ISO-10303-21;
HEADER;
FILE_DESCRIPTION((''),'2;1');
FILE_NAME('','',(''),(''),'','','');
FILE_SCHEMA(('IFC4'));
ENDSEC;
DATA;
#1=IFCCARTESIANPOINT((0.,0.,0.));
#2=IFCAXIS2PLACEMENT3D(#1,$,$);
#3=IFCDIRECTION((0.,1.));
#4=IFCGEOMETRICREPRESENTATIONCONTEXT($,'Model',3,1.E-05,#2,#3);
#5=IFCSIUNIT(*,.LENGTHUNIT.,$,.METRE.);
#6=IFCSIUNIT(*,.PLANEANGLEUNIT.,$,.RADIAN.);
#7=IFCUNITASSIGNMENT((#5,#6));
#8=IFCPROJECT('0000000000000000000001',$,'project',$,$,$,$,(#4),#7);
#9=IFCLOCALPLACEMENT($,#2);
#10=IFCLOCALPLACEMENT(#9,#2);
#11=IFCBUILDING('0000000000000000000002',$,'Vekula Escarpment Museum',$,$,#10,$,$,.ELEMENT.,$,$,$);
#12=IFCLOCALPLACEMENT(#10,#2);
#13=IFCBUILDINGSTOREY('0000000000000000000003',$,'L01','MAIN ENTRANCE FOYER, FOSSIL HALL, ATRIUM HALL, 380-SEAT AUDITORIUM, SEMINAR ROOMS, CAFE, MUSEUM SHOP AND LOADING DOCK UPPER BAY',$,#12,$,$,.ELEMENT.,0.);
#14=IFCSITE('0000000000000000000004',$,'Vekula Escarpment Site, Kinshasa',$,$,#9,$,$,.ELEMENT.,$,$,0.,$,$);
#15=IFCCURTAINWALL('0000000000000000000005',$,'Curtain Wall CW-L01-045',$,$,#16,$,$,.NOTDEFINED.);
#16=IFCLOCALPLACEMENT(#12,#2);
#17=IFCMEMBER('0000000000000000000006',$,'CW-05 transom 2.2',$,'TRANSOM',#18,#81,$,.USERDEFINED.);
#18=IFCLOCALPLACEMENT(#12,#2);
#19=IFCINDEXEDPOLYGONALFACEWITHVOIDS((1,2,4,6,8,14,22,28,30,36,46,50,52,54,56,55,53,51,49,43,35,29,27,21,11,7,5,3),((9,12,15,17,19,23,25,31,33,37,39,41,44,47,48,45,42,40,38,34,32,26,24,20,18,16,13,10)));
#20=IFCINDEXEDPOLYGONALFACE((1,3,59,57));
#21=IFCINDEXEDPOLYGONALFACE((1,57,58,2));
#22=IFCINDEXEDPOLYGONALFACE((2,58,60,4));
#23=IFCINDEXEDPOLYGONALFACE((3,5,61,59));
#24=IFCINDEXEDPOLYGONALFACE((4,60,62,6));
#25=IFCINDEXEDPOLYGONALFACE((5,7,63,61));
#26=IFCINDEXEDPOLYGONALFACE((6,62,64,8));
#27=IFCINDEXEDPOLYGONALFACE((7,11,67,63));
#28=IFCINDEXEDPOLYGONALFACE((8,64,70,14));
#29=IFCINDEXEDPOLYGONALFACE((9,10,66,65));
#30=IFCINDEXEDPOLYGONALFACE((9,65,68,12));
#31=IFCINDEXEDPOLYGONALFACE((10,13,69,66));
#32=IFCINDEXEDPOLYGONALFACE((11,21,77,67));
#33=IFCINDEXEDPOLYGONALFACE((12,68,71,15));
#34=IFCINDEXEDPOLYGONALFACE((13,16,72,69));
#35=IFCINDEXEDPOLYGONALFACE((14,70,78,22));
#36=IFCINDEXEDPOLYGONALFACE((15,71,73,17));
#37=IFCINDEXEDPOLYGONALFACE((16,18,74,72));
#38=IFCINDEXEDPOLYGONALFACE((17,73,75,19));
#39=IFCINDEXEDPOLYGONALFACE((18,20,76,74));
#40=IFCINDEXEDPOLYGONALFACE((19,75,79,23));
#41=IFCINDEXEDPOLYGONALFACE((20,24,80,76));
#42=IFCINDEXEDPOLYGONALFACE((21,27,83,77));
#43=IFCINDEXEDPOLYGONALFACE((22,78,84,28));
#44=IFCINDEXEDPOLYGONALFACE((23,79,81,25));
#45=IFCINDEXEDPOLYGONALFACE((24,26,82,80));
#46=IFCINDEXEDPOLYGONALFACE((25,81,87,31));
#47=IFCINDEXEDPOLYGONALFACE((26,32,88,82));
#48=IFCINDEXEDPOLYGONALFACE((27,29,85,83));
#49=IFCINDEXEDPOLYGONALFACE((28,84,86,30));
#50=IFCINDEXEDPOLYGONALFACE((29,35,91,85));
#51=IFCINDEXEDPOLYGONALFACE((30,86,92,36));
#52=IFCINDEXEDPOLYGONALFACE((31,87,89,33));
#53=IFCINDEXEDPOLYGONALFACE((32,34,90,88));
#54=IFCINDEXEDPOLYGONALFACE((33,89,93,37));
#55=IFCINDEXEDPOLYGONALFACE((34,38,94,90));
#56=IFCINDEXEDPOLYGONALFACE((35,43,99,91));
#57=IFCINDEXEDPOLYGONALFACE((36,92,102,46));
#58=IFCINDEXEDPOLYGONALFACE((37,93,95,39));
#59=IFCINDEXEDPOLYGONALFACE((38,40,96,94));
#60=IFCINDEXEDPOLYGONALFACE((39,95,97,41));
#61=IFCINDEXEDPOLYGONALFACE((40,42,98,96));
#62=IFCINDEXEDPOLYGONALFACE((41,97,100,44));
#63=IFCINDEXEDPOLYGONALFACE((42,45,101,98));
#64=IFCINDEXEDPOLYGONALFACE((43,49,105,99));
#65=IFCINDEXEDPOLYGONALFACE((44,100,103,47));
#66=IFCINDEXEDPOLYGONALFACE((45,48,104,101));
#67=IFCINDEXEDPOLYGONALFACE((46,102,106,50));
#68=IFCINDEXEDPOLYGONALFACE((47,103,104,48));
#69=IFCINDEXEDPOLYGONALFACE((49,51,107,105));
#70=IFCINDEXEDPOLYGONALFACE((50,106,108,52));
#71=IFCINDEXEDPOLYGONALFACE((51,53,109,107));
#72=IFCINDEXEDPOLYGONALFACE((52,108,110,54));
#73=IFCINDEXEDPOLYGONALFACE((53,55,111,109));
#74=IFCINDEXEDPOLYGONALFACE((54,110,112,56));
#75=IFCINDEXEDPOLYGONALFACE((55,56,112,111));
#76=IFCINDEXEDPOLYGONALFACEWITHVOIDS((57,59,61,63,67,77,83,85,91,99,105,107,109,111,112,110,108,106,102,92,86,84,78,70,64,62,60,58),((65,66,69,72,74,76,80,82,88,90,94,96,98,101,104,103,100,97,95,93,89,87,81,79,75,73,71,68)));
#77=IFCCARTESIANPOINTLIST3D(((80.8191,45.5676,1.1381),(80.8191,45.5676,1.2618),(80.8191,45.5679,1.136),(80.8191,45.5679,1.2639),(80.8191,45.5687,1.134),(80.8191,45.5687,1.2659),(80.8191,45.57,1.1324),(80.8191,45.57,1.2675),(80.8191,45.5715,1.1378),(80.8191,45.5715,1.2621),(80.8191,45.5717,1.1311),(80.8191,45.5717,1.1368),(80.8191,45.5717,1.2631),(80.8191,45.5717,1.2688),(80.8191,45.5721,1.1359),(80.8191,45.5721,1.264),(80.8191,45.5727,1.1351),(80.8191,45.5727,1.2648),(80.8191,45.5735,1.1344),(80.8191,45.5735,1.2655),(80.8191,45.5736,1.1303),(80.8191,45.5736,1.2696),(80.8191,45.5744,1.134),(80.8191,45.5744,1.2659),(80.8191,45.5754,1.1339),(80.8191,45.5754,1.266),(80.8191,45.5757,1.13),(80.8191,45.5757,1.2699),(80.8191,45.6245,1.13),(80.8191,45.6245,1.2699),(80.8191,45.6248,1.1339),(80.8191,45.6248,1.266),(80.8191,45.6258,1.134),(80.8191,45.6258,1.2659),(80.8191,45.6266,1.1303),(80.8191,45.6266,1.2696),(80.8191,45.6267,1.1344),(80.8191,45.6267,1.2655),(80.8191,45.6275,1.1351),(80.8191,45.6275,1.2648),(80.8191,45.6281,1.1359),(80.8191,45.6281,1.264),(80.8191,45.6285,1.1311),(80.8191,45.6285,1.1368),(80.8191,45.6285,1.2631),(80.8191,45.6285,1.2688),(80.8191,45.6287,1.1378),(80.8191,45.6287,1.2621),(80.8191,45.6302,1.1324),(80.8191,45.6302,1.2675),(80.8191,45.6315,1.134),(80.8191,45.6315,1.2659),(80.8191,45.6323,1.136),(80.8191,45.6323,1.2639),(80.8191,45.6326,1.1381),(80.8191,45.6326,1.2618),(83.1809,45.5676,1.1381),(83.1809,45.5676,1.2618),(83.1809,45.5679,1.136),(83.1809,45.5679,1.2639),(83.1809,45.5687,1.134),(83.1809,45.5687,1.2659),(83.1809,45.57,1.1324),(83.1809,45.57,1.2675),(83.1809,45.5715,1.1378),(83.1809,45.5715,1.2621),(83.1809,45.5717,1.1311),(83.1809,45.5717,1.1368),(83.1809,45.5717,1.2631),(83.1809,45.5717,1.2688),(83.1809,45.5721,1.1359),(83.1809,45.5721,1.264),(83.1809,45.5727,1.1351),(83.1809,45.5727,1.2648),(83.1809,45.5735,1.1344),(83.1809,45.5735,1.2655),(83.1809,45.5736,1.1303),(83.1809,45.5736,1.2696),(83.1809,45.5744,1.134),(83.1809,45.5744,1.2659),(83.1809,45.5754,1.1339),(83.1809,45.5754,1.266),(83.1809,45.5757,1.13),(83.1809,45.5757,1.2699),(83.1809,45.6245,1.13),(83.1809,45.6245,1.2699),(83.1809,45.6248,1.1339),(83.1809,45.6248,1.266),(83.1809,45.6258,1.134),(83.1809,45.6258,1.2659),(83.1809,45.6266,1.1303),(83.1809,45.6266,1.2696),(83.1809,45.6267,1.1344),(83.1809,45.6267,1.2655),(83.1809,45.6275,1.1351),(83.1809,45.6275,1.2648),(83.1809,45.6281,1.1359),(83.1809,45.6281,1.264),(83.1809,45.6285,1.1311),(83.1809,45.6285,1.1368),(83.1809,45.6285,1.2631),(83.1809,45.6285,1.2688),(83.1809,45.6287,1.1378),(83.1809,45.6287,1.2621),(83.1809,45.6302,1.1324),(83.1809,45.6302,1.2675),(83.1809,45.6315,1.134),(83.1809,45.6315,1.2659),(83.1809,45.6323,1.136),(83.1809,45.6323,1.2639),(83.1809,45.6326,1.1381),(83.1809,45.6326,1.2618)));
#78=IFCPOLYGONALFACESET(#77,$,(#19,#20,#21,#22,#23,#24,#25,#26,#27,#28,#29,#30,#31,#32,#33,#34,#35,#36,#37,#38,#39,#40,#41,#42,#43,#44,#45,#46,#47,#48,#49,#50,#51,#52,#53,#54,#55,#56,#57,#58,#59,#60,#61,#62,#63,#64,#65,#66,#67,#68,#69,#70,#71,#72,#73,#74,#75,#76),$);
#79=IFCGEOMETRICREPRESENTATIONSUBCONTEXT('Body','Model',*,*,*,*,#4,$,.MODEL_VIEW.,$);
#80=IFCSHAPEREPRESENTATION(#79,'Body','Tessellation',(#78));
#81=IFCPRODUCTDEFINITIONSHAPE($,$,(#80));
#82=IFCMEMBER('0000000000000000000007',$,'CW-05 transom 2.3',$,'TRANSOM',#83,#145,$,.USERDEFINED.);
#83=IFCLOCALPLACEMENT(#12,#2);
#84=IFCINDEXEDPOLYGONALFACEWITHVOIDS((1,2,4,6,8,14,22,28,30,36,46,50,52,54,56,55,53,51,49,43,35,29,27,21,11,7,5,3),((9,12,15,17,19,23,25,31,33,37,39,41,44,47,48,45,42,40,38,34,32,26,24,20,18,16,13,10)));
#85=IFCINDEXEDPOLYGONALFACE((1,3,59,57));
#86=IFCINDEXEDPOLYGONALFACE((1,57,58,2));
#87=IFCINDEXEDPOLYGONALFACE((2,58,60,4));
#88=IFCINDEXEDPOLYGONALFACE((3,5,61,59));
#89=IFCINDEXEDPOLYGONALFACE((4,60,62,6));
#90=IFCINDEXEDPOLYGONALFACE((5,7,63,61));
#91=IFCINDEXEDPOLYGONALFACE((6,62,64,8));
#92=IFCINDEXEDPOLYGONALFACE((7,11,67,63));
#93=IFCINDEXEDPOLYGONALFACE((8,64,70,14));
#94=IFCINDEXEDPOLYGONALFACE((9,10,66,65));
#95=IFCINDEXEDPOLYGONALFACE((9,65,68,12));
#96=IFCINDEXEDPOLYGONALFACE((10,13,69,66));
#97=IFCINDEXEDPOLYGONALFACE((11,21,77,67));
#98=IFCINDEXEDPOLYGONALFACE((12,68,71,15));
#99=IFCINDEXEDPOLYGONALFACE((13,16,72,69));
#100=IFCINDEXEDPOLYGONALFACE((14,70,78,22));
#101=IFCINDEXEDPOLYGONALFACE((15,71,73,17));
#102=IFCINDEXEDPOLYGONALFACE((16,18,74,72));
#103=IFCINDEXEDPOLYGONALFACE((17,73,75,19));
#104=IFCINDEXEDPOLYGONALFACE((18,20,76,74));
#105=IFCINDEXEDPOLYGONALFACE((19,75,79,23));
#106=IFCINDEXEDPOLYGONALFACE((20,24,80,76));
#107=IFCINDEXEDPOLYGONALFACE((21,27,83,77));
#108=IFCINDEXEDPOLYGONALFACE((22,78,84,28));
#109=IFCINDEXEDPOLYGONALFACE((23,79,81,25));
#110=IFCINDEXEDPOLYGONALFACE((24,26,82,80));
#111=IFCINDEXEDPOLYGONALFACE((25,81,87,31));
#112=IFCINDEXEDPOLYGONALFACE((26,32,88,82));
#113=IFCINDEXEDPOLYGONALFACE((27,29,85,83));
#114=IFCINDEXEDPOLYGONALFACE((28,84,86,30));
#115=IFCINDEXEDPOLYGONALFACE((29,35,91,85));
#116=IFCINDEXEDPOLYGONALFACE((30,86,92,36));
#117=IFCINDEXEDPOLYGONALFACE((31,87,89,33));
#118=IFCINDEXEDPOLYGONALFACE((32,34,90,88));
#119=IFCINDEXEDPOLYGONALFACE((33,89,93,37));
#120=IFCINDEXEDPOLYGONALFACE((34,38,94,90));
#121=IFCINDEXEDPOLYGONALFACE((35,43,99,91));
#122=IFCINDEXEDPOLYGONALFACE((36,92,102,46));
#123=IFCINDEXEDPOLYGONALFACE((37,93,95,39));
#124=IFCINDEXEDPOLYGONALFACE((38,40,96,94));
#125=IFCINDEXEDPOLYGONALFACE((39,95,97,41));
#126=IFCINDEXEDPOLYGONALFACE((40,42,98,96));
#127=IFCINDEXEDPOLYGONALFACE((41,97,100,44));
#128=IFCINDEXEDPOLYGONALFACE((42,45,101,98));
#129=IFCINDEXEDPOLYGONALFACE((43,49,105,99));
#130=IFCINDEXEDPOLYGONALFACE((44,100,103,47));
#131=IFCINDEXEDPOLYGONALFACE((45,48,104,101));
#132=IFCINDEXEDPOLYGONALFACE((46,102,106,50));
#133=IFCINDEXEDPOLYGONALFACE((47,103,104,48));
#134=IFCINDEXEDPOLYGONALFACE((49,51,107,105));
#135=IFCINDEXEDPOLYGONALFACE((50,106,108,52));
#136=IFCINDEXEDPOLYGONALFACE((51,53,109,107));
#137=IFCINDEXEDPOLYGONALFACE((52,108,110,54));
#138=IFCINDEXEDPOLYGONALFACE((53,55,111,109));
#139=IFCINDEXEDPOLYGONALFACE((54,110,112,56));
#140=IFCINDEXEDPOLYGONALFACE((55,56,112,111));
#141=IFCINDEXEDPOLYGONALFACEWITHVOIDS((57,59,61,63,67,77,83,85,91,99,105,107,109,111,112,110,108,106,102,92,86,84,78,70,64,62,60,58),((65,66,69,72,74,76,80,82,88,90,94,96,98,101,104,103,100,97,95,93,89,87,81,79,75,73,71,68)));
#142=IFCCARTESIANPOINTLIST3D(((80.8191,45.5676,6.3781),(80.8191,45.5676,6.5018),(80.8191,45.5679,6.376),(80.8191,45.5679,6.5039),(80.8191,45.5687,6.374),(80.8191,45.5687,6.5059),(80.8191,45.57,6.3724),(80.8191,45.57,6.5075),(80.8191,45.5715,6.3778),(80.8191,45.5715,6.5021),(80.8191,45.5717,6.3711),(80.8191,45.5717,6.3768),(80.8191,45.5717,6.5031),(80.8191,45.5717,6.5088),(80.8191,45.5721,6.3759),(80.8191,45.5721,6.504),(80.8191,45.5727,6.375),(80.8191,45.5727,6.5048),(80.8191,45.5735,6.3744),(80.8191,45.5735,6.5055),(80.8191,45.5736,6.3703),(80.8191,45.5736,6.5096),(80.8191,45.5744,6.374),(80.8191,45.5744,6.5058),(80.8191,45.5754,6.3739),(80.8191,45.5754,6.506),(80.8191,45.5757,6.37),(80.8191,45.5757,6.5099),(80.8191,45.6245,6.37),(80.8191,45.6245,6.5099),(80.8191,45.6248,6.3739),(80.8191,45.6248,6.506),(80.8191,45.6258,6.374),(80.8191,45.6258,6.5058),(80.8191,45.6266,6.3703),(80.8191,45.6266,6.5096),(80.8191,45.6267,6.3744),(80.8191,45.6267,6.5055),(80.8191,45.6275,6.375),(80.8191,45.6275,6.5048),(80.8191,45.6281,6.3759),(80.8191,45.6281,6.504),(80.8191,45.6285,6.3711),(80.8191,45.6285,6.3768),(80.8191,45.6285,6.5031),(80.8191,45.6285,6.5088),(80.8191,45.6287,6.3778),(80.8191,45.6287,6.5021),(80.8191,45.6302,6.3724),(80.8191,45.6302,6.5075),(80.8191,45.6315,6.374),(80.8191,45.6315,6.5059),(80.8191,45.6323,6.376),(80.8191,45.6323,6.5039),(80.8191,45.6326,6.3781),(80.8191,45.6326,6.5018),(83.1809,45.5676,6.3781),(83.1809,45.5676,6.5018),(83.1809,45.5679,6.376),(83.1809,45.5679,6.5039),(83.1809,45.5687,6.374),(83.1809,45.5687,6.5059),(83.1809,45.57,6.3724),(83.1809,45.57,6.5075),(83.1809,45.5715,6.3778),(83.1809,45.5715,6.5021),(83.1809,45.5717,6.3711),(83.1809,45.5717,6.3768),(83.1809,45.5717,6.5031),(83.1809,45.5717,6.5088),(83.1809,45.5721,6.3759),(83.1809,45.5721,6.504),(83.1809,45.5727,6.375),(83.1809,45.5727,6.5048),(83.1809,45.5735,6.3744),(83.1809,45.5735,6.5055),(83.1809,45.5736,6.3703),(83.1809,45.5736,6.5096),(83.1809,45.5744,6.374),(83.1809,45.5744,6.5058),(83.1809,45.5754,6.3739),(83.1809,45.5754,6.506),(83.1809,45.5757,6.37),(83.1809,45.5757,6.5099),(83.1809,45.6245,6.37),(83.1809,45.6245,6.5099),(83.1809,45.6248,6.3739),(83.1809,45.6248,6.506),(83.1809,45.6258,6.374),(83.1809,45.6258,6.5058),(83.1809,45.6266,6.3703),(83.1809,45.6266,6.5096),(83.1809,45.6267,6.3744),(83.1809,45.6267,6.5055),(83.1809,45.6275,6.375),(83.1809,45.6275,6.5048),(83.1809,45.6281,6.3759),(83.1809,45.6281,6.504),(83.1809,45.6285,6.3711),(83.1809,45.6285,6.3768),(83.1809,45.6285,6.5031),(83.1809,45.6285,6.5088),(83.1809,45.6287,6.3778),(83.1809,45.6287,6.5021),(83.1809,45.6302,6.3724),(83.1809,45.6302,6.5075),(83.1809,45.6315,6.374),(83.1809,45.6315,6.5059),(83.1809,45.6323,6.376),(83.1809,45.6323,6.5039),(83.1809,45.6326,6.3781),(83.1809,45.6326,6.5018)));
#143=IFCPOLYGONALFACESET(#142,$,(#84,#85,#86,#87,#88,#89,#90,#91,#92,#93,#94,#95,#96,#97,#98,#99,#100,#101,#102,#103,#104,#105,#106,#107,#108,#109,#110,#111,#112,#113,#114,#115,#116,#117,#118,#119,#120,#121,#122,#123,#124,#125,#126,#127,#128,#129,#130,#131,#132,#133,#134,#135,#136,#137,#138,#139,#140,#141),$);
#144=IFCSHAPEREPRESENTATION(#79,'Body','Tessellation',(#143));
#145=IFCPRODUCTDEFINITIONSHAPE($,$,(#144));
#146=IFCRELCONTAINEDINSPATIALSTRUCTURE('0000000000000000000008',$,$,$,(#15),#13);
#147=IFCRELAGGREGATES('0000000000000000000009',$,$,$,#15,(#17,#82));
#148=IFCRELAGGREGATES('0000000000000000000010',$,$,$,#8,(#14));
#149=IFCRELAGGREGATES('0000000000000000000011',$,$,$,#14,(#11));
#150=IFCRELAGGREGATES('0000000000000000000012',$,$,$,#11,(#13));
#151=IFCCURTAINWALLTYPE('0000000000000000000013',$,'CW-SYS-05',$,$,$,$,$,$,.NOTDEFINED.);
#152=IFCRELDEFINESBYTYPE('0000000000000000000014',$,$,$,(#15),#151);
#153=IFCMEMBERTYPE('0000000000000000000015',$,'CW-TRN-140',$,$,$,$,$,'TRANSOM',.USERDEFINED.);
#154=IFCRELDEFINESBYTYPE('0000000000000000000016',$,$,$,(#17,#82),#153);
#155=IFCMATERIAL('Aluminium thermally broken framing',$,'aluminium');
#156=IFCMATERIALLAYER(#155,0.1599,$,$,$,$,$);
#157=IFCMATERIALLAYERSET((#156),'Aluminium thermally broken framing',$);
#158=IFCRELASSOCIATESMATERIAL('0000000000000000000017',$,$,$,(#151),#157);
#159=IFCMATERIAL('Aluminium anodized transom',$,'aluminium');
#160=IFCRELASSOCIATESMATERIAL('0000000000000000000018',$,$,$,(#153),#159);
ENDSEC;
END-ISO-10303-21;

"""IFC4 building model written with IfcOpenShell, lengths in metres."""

from ifc_helpers import new_model, si_unit, direction, frame, origin, origin_2d, place, context, subcontext, project, spatial, hollow_rectangle, extrude, material, layer, layer_set, material_profile, profile_set, type_object, element, aggregate, save


model = new_model("IFC4")

# Units and contexts
model_context = context("Model", 3, precision=1e-05, world=origin(), true_north=direction((0.0, 1.0)))
body_context = subcontext(model_context, "Body", "Model", "MODEL_VIEW")
ifc_project = project(units=[si_unit("LENGTHUNIT", "METRE"), si_unit("PLANEANGLEUNIT", "RADIAN")], contexts=[model_context])

# Site, building, storey
site_placement = place(None, origin())
site = spatial("IfcSite", under=ifc_project, at=site_placement, Name="Vekula Escarpment Site, Kinshasa", CompositionType="ELEMENT", RefElevation=0.0)
building_placement = place(site_placement, origin())
building = spatial("IfcBuilding", under=site, at=building_placement, Name="Vekula Escarpment Museum", CompositionType="ELEMENT")
storey_placement = place(building_placement, origin())
storey = spatial("IfcBuildingStorey", under=building, at=storey_placement, Name="L01", Description="MAIN ENTRANCE FOYER, FOSSIL HALL, ATRIUM HALL, 380-SEAT AUDITORIUM, SEMINAR ROOMS, CAFE, MUSEUM SHOP AND LOADING DOCK UPPER BAY", CompositionType="ELEMENT", Elevation=0.0)

# Curtain wall, members
ifc_material_1 = material(Name="Aluminium thermally broken framing", Category="aluminium")
ifc_layer_1 = layer(ifc_material_1, 0.1599)
ifc_layer_set_1 = layer_set([ifc_layer_1], Name="Aluminium thermally broken framing")
curtain_wall_type = type_object("IfcCurtainWallType", Name="CW-SYS-05", PredefinedType="NOTDEFINED", material=ifc_layer_set_1)
curtain_wall_placement = place(storey_placement, origin())
curtain_wall = element("IfcCurtainWall", 1, at=curtain_wall_placement, inside=storey, type_object=curtain_wall_type, Name="Curtain Wall CW-L01-045", PredefinedType="NOTDEFINED")
ifc_material_2 = material(Name="Aluminium anodized transom", Category="aluminium")
ifc_material_profile_1 = material_profile(ifc_material_2, hollow_rectangle(XDim=0.0649, YDim=0.1399, WallThickness=0.0039, InnerFilletRadius=0.0039, OuterFilletRadius=0.0081, at=origin_2d()), Name="ALU 140x65x4")
ifc_profile_set_1 = profile_set([ifc_material_profile_1], Name="Aluminium anodized transom")
member_type_1 = type_object("IfcMemberType", Name="CW-TRN-140", ElementType="TRANSOM", PredefinedType="USERDEFINED", material=ifc_profile_set_1)
member_1_placement = place(storey_placement, frame((80.8191, 45.6001, 1.2), z_axis=(1.0, 0.0, 0.0), x_axis=(0.0, 1.0, 0.0)))
member_1 = element("IfcMember", 2, at=member_1_placement, type_object=member_type_1, Name="CW-05 transom 2.2", ObjectType="TRANSOM", PredefinedType="USERDEFINED", context=body_context, shape_type="SweptSolid", body=[
    extrude(hollow_rectangle(XDim=0.0649, YDim=0.1399, WallThickness=0.0039, InnerFilletRadius=0.0039, OuterFilletRadius=0.0081, at=origin_2d()), origin(), (0.0, 0.0, 1.0), 2.3618),
])
member_2_placement = place(storey_placement, frame((80.8191, 45.6001, 6.4399), z_axis=(1.0, 0.0, 0.0), x_axis=(0.0, 1.0, 0.0)))
member_2 = element("IfcMember", 3, at=member_2_placement, type_object=member_type_1, Name="CW-05 transom 2.3", ObjectType="TRANSOM", PredefinedType="USERDEFINED", context=body_context, shape_type="SweptSolid", body=[
    extrude(hollow_rectangle(XDim=0.0649, YDim=0.1399, WallThickness=0.0039, InnerFilletRadius=0.0039, OuterFilletRadius=0.0081, at=origin_2d()), origin(), (0.0, 0.0, 1.0), 2.3618),
])

aggregate(curtain_wall, [member_1, member_2])

save(model, "model.ifc")
